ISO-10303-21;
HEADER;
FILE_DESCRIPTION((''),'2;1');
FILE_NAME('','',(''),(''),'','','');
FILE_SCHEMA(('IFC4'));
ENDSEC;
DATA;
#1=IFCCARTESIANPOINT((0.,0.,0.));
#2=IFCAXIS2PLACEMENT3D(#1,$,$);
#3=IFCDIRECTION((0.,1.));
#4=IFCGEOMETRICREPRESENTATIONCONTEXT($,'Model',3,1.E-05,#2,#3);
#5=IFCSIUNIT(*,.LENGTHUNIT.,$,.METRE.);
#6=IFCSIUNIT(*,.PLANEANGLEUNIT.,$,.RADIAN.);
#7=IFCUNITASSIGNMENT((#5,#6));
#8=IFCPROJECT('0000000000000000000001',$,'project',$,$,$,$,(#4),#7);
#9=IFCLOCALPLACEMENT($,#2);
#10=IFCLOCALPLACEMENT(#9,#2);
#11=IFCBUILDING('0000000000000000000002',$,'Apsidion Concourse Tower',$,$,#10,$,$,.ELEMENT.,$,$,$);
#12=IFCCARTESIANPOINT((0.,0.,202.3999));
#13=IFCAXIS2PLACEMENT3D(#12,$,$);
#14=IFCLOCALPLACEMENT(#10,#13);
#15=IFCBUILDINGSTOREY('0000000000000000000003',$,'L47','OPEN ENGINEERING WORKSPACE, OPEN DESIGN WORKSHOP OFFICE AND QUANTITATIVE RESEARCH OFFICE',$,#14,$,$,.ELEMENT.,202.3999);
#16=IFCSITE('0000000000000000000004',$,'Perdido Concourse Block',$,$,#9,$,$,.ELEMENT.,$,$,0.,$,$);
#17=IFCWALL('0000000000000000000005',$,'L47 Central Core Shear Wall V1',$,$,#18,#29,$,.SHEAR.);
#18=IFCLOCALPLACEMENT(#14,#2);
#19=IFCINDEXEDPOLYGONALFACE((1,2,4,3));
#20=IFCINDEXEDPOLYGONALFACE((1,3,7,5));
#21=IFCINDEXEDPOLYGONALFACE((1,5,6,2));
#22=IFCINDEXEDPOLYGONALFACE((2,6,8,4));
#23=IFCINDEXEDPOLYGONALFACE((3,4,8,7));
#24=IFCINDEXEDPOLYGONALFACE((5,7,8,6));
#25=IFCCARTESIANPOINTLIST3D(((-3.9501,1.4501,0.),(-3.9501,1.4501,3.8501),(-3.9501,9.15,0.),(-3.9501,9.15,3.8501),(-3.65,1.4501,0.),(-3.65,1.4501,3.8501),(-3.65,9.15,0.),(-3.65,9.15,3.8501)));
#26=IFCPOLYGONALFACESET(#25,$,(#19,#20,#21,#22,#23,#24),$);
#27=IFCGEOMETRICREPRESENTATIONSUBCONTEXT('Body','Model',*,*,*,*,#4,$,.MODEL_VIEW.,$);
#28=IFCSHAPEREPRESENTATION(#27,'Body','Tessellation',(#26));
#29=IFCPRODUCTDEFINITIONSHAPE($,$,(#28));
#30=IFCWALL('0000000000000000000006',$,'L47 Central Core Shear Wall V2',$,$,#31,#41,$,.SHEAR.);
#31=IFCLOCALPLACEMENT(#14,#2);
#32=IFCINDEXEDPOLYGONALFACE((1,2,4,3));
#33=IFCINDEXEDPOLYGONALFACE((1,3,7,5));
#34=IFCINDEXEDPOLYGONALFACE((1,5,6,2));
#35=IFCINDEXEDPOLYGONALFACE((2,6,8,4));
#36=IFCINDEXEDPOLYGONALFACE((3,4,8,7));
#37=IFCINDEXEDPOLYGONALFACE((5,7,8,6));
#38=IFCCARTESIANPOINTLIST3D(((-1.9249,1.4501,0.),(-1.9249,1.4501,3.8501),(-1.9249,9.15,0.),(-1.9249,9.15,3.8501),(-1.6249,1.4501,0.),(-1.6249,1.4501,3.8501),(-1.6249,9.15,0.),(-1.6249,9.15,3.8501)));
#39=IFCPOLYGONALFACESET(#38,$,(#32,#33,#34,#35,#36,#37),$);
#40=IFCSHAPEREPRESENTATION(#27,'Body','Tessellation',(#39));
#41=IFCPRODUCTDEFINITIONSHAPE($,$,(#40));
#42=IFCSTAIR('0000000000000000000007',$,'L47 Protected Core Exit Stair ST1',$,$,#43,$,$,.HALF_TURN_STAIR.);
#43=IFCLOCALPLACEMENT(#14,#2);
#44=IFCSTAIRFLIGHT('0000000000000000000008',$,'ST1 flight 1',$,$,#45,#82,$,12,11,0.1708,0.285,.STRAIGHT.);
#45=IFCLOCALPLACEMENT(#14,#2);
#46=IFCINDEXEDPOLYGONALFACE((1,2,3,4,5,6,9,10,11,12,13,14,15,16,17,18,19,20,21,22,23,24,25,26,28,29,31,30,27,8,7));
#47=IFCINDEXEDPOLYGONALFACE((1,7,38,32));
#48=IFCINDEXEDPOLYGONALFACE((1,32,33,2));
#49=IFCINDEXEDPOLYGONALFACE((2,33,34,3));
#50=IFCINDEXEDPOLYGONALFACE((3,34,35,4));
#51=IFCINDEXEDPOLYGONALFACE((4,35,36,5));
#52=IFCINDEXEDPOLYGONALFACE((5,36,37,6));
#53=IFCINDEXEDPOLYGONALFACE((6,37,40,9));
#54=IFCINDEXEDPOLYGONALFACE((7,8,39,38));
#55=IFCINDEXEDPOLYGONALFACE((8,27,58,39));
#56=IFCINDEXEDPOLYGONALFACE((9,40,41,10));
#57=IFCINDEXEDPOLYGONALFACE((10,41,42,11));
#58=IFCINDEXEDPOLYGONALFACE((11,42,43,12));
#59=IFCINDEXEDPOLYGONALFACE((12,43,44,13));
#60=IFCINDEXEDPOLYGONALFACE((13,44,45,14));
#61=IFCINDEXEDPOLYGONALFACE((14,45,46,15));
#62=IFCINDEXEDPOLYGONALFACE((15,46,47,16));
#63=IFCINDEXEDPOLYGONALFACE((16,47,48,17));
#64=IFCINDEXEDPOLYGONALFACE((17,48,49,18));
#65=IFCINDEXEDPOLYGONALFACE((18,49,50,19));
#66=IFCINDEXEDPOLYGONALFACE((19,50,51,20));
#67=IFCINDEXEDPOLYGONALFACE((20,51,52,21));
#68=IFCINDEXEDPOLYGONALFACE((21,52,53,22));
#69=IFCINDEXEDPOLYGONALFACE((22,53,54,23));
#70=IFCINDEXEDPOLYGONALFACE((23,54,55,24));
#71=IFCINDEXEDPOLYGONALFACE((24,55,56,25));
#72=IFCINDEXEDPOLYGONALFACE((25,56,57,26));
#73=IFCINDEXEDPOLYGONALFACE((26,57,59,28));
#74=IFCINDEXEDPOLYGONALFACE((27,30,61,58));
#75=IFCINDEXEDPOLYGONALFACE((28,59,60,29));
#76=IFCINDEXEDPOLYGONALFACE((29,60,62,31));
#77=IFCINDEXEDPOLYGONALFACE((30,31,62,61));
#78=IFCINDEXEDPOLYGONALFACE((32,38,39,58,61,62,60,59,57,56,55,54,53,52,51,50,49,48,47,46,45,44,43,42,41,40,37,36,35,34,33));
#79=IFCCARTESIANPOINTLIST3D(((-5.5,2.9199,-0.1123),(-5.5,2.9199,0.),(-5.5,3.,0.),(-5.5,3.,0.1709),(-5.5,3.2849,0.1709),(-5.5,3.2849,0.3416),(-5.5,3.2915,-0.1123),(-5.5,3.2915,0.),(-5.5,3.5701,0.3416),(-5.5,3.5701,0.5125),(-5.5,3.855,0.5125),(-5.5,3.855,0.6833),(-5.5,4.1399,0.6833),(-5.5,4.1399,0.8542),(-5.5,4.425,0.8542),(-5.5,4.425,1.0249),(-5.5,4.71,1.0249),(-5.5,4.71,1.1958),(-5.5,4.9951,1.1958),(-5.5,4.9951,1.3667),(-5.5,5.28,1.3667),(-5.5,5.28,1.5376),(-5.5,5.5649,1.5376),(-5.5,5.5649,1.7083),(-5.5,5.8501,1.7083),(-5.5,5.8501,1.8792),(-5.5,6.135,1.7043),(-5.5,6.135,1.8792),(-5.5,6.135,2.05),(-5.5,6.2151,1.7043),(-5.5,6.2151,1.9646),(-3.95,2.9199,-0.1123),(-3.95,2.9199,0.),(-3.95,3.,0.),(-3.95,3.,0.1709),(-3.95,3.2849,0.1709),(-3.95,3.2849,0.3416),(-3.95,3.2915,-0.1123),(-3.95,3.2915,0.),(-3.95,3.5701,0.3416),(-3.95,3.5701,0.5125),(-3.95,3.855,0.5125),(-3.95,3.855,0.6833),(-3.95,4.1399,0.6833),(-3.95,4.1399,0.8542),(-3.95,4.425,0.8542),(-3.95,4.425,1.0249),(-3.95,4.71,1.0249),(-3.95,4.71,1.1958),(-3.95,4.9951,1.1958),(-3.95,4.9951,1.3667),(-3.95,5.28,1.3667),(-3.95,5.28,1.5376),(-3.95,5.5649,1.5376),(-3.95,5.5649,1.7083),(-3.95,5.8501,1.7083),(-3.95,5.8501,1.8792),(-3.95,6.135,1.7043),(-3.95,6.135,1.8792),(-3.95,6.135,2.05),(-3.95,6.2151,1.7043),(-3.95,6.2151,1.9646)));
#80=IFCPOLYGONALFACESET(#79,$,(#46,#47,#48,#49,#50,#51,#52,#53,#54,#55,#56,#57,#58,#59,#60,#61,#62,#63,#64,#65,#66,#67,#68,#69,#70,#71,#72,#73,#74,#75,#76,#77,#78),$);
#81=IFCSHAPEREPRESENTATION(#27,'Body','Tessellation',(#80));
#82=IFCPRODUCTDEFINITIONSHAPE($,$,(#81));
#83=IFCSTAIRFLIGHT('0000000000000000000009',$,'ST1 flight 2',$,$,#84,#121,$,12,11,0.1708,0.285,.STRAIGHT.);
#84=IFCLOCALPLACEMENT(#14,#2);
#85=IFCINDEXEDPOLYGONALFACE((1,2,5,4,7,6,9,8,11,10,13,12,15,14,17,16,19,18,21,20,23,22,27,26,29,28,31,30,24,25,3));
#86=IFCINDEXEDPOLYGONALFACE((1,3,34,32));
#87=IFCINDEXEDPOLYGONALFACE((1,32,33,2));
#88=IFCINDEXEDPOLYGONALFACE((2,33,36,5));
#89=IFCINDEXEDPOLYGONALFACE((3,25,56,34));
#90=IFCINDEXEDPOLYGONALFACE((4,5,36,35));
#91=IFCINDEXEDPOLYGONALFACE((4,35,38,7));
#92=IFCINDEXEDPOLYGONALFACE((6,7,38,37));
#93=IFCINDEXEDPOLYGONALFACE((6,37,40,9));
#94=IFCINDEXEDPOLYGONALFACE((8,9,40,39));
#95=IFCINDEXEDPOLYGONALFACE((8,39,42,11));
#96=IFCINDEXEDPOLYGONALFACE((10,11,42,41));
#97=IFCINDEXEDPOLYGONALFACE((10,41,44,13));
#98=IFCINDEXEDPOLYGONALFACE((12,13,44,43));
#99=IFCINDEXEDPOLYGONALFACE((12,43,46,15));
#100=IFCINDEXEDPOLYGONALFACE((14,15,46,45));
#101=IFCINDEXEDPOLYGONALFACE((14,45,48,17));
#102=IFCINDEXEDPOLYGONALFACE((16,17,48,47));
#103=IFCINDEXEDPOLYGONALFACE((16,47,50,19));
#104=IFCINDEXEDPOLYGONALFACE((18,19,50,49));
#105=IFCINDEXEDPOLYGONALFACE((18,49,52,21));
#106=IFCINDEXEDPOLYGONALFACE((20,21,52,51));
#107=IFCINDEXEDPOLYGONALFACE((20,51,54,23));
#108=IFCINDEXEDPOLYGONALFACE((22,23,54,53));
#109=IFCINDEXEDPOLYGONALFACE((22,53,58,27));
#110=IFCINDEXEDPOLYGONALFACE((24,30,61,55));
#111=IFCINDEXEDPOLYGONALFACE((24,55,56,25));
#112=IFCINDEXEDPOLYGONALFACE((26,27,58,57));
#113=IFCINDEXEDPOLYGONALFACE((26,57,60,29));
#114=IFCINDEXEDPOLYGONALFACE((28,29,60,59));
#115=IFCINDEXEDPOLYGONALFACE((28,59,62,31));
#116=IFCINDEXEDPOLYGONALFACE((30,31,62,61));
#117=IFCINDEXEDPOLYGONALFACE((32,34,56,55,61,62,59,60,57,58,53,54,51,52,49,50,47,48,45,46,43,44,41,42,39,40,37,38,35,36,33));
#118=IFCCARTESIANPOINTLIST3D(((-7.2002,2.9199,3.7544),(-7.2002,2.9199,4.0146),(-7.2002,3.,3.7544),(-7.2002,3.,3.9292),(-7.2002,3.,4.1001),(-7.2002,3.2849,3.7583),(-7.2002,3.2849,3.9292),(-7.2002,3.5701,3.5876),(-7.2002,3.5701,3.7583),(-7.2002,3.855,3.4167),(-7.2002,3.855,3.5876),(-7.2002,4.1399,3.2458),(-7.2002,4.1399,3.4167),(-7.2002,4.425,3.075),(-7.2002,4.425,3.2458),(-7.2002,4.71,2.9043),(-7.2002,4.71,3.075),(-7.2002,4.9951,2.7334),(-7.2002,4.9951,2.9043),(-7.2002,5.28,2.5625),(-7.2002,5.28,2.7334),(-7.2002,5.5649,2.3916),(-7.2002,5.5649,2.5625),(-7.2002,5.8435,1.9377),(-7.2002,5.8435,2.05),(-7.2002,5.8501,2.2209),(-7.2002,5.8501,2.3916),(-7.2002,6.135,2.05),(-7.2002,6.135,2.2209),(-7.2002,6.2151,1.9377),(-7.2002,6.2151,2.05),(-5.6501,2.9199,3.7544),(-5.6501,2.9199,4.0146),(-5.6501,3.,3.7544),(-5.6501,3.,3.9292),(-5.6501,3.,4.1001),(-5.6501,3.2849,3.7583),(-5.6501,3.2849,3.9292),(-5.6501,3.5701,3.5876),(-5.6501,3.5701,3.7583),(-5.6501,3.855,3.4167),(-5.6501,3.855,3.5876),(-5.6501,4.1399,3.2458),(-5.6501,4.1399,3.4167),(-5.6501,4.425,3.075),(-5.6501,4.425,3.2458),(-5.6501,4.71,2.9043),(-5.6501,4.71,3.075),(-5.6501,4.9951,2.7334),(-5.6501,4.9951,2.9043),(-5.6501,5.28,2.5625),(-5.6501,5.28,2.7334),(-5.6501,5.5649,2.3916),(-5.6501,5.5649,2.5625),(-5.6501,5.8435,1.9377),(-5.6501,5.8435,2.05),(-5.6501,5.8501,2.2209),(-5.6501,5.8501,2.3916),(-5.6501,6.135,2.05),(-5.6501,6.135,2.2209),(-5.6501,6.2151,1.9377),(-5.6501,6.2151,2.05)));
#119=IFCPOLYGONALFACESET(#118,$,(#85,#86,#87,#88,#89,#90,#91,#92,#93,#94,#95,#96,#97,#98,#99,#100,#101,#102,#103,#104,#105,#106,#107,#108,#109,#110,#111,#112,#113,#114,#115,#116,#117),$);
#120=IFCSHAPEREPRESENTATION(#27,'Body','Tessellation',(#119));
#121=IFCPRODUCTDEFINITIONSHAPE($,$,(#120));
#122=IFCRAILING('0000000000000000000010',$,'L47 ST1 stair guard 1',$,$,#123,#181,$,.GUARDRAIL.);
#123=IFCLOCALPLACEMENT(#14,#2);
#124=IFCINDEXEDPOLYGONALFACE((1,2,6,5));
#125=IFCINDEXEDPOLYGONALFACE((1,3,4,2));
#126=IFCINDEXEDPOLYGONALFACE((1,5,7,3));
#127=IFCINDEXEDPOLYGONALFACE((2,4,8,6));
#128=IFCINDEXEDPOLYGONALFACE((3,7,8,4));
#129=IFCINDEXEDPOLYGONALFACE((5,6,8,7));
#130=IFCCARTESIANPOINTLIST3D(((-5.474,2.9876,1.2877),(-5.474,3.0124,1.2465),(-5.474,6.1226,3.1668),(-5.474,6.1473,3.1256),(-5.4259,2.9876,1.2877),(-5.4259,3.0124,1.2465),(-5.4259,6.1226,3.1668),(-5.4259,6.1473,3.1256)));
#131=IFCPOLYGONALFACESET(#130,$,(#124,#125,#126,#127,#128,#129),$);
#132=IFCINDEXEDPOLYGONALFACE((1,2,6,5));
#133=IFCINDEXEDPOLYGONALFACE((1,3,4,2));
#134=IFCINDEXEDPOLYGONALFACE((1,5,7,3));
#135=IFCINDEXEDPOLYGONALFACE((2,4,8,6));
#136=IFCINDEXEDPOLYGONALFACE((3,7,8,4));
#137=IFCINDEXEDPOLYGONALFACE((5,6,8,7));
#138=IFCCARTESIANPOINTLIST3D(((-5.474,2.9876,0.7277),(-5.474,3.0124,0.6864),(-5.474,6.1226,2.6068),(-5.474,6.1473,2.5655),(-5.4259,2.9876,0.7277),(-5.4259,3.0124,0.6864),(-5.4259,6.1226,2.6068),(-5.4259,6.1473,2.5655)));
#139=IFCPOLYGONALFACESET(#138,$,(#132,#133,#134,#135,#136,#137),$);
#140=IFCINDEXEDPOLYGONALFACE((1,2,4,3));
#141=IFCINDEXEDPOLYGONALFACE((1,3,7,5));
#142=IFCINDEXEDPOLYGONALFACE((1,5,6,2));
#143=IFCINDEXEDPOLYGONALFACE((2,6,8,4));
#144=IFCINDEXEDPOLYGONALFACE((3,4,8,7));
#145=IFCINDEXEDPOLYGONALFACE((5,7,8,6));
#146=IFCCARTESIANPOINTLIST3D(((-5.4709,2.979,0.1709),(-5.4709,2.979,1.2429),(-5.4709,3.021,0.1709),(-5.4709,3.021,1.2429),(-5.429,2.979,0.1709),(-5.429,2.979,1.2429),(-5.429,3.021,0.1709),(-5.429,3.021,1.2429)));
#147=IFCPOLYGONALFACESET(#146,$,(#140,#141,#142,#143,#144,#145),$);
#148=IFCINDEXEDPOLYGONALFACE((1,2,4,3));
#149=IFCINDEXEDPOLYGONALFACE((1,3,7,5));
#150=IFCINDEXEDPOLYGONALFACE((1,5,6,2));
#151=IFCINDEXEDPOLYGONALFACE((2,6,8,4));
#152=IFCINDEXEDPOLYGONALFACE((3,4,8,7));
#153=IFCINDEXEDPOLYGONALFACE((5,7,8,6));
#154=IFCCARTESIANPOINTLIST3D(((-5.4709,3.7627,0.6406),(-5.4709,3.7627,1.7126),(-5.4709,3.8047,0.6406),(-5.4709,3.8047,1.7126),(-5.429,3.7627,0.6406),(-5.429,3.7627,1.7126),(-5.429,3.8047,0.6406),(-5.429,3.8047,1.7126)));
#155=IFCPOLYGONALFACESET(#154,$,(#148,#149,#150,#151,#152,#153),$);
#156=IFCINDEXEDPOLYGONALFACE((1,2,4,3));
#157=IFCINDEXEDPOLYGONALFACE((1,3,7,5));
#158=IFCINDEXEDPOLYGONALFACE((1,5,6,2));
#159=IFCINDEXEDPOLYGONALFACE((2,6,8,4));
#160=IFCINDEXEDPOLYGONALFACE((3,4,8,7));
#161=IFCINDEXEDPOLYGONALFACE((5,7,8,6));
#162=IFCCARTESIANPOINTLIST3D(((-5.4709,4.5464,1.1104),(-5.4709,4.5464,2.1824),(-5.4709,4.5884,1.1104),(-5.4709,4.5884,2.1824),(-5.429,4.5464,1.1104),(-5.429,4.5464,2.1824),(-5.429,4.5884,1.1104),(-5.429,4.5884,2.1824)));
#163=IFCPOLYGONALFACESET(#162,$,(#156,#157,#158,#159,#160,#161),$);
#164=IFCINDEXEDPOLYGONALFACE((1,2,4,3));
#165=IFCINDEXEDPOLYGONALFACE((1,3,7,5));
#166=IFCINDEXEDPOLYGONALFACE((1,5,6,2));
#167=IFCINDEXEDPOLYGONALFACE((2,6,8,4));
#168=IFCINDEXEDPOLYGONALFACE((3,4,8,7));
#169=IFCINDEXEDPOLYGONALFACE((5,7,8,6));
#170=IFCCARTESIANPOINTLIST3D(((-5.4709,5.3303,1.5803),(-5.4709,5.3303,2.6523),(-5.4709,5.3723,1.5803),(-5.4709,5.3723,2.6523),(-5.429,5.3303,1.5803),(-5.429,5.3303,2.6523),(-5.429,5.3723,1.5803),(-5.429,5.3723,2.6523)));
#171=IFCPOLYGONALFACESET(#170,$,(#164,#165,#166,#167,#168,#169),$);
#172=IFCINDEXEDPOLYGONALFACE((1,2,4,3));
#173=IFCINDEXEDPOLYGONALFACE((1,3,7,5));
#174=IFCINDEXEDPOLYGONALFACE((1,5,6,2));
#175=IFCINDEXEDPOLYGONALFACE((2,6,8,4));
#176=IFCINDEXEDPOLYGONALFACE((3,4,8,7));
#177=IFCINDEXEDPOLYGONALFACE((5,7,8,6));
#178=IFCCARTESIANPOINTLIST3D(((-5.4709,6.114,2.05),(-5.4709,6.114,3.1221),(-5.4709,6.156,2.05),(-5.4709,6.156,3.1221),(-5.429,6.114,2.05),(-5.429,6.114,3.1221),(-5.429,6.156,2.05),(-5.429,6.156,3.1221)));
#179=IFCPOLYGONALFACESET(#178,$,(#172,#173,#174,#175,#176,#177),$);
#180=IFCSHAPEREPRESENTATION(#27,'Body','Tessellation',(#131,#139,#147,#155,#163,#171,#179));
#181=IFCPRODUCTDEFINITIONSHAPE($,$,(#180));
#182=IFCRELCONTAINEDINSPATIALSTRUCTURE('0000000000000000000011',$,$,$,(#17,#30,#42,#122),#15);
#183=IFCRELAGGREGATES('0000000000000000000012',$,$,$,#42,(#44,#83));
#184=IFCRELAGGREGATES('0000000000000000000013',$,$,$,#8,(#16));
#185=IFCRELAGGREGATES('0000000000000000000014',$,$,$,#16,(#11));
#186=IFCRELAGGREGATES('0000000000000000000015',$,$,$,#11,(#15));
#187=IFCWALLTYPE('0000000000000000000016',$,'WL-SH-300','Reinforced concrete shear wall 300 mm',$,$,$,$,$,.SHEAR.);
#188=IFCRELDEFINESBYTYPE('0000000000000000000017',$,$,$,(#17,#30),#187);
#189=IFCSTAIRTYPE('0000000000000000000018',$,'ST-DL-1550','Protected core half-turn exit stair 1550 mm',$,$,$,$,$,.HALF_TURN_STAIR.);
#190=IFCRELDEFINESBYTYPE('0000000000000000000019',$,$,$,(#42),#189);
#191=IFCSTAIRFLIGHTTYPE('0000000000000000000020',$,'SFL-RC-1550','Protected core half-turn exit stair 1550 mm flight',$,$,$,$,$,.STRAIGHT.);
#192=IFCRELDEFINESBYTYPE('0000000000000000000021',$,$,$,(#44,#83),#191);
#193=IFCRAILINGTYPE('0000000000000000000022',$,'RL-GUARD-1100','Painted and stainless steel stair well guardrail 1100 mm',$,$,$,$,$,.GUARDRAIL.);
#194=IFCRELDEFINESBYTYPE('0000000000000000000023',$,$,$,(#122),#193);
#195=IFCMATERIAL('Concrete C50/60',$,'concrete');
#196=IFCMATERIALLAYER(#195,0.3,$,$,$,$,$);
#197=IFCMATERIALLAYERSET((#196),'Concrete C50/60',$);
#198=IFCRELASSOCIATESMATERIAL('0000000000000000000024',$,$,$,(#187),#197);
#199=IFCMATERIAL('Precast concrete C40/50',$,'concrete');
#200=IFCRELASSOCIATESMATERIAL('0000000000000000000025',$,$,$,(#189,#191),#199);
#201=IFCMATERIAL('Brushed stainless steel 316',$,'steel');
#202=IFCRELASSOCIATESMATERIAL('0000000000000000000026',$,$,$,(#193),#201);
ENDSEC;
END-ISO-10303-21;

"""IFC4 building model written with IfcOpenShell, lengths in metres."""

from ifc_helpers import new_model, si_unit, direction, frame, frame_2d, origin, origin_2d, place, context, subcontext, project, spatial, polyline, rectangle, outline, extrude, material, layer, layer_set, type_object, element, aggregate, save


model = new_model("IFC4")

# Units and contexts
model_context = context("Model", 3, precision=1e-05, world=origin(), true_north=direction((0.0, 1.0)))
body_context = subcontext(model_context, "Body", "Model", "MODEL_VIEW")
ifc_project = project(units=[si_unit("LENGTHUNIT", "METRE"), si_unit("PLANEANGLEUNIT", "RADIAN")], contexts=[model_context])

# Site, building, storey
site_placement = place(None, origin())
site = spatial("IfcSite", under=ifc_project, at=site_placement, Name="Perdido Concourse Block", CompositionType="ELEMENT", RefElevation=0.0)
building_placement = place(site_placement, origin())
building = spatial("IfcBuilding", under=site, at=building_placement, Name="Apsidion Concourse Tower", CompositionType="ELEMENT")
storey_placement = place(building_placement, frame((0.0, 0.0, 202.3999)))
storey = spatial("IfcBuildingStorey", under=building, at=storey_placement, Name="L47", Description="OPEN ENGINEERING WORKSPACE, OPEN DESIGN WORKSHOP OFFICE AND QUANTITATIVE RESEARCH OFFICE", CompositionType="ELEMENT", Elevation=202.3999)

# Shared definitions
ifc_material_1 = material(Name="Concrete C50/60", Category="concrete")

# Walls
ifc_layer_1 = layer(ifc_material_1, 0.3)
ifc_layer_set_1 = layer_set([ifc_layer_1], Name="Concrete C50/60")
wall_type_1 = type_object("IfcWallType", Name="WL-SH-300", Description="Reinforced concrete shear wall 300 mm", PredefinedType="SHEAR", material=ifc_layer_set_1)
for number, where, z_axis, x_axis, name in (
    (1, (-3.8, 1.45, 0.0), (0.0, 0.0, 1.0), (0.0, 1.0, 0.0), "L47 Central Core Shear Wall V1"),
    (2, (-1.7749, 1.45, 0.0), (0.0, 0.0, 1.0), (0.0, 1.0, 0.0), "L47 Central Core Shear Wall V2"),
):
    element("IfcWall", number, at=place(storey_placement, frame(where, z_axis=z_axis, x_axis=x_axis)), inside=storey, type_object=wall_type_1, Name=name, PredefinedType="SHEAR", context=body_context, shape_type="SweptSolid", body=[
        extrude(rectangle(XDim=7.7, YDim=0.3, at=frame_2d((3.8501, 0.0))), origin(), (0.0, 0.0, 1.0), 3.8501),
    ])

# Shared definitions
ifc_material_2 = material(Name="Brushed stainless steel 316", Category="steel")

# Stair, stair flights
ifc_material_3 = material(Name="Precast concrete C40/50", Category="concrete")
stair_type = type_object("IfcStairType", Name="ST-DL-1550", Description="Protected core half-turn exit stair 1550 mm", PredefinedType="HALF_TURN_STAIR", material=ifc_material_3)
stair_placement = place(storey_placement, origin())
stair = element("IfcStair", 3, at=stair_placement, inside=storey, type_object=stair_type, Name="L47 Protected Core Exit Stair ST1", PredefinedType="HALF_TURN_STAIR")
stair_flight_type = type_object("IfcStairFlightType", Name="SFL-RC-1550", Description="Protected core half-turn exit stair 1550 mm flight", PredefinedType="STRAIGHT", material=ifc_material_3)
stair_flight_1_placement = place(storey_placement, frame((-4.7251, 3.0, 0.0), z_axis=(0.0, 0.0, 1.0), x_axis=(0.0, 1.0, 0.0)))
stair_flight_1 = element("IfcStairFlight", 4, at=stair_flight_1_placement, type_object=stair_flight_type, Name="ST1 flight 1", NumberOfRisers=12, NumberOfTreads=11, PredefinedType="STRAIGHT", RiserHeight=0.1708, TreadLength=0.285, context=body_context, shape_type="SweptSolid", body=[
    extrude(outline(polyline([(-0.0801, -0.1123), (-0.0801, 0.0), (0.0, 0.0), (0.0, 0.1709), (0.2849, 0.1709), (0.2849, 0.3416), (0.5701, 0.3416), (0.5701, 0.5125), (0.855, 0.5125), (0.855, 0.6833), (1.1399, 0.6833), (1.1399, 0.8542), (1.425, 0.8542), (1.425, 1.0249), (1.71, 1.0249), (1.71, 1.1958), (1.9951, 1.1958), (1.9951, 1.3667), (2.28, 1.3667), (2.28, 1.5376), (2.5649, 1.5376), (2.5649, 1.7083), (2.8501, 1.7083), (2.8501, 1.8792), (3.135, 1.8792), (3.135, 2.05), (3.2151, 1.9646), (3.2151, 1.7043), (3.135, 1.7043), (0.2915, 0.0), (0.2915, -0.1123), (-0.0801, -0.1123)])), frame((0.0, 0.7749, 0.0), z_axis=(0.0, -1.0, 0.0), x_axis=(1.0, 0.0, 0.0)), (0.0, 0.0, 1.0), 1.55),
])
stair_flight_2_placement = place(storey_placement, frame((-6.425, 6.135, 2.05), z_axis=(0.0, 0.0, 1.0), x_axis=(0.0, -1.0, 0.0)))
stair_flight_2 = element("IfcStairFlight", 5, at=stair_flight_2_placement, type_object=stair_flight_type, Name="ST1 flight 2", NumberOfRisers=12, NumberOfTreads=11, PredefinedType="STRAIGHT", RiserHeight=0.1708, TreadLength=0.285, context=body_context, shape_type="SweptSolid", body=[
    extrude(outline(polyline([(-0.0801, -0.1123), (-0.0801, 0.0), (0.0, 0.0), (0.0, 0.1709), (0.2849, 0.1709), (0.2849, 0.3416), (0.5701, 0.3416), (0.5701, 0.5125), (0.855, 0.5125), (0.855, 0.6833), (1.1399, 0.6833), (1.1399, 0.8542), (1.425, 0.8542), (1.425, 1.0249), (1.71, 1.0249), (1.71, 1.1958), (1.9951, 1.1958), (1.9951, 1.3667), (2.28, 1.3667), (2.28, 1.5376), (2.5649, 1.5376), (2.5649, 1.7083), (2.8501, 1.7083), (2.8501, 1.8792), (3.135, 1.8792), (3.135, 2.05), (3.2151, 1.9646), (3.2151, 1.7043), (3.135, 1.7043), (0.2915, 0.0), (0.2915, -0.1123), (-0.0801, -0.1123)])), frame((0.0, 0.7749, 0.0), z_axis=(0.0, -1.0, 0.0), x_axis=(1.0, 0.0, 0.0)), (0.0, 0.0, 1.0), 1.55),
])
aggregate(stair, [stair_flight_1, stair_flight_2])

# Railing
railing_type_1 = type_object("IfcRailingType", Name="RL-GUARD-1100", Description="Painted and stainless steel stair well guardrail 1100 mm", PredefinedType="GUARDRAIL", material=ifc_material_2)
railing_1_placement = place(storey_placement, frame((-5.45, 3.0, 0.1709)))
element("IfcRailing", 6, at=railing_1_placement, inside=storey, type_object=railing_type_1, Name="L47 ST1 stair guard 1", PredefinedType="GUARDRAIL", context=body_context, shape_type="SweptSolid", body=[
    extrude(rectangle(XDim=0.0481, YDim=0.0481, at=origin_2d()), frame((0.0, 0.0, 1.0962), z_axis=(0.0, 0.857717, 0.514122), x_axis=(-1.0, 0.0, 0.0)), (0.0, 0.0, 1.0), 3.655),
    extrude(rectangle(XDim=0.0481, YDim=0.0481, at=origin_2d()), frame((0.0, 0.0, 0.5361), z_axis=(0.0, 0.857717, 0.514122), x_axis=(-1.0, 0.0, 0.0)), (0.0, 0.0, 1.0), 3.655),
    extrude(rectangle(XDim=0.042, YDim=0.042, at=origin_2d()), origin(), (0.0, 0.0, 1.0), 1.072),
    extrude(rectangle(XDim=0.042, YDim=0.042, at=origin_2d()), frame((0.0, 0.7837, 0.4697)), (0.0, 0.0, 1.0), 1.072),
    extrude(rectangle(XDim=0.042, YDim=0.042, at=origin_2d()), frame((0.0, 1.5674, 0.9395)), (0.0, 0.0, 1.0), 1.072),
    extrude(rectangle(XDim=0.042, YDim=0.042, at=origin_2d()), frame((0.0, 2.3513, 1.4094)), (0.0, 0.0, 1.0), 1.072),
    extrude(rectangle(XDim=0.042, YDim=0.042, at=origin_2d()), frame((0.0, 3.135, 1.8792)), (0.0, 0.0, 1.0), 1.072),
])

save(model, "model.ifc")
